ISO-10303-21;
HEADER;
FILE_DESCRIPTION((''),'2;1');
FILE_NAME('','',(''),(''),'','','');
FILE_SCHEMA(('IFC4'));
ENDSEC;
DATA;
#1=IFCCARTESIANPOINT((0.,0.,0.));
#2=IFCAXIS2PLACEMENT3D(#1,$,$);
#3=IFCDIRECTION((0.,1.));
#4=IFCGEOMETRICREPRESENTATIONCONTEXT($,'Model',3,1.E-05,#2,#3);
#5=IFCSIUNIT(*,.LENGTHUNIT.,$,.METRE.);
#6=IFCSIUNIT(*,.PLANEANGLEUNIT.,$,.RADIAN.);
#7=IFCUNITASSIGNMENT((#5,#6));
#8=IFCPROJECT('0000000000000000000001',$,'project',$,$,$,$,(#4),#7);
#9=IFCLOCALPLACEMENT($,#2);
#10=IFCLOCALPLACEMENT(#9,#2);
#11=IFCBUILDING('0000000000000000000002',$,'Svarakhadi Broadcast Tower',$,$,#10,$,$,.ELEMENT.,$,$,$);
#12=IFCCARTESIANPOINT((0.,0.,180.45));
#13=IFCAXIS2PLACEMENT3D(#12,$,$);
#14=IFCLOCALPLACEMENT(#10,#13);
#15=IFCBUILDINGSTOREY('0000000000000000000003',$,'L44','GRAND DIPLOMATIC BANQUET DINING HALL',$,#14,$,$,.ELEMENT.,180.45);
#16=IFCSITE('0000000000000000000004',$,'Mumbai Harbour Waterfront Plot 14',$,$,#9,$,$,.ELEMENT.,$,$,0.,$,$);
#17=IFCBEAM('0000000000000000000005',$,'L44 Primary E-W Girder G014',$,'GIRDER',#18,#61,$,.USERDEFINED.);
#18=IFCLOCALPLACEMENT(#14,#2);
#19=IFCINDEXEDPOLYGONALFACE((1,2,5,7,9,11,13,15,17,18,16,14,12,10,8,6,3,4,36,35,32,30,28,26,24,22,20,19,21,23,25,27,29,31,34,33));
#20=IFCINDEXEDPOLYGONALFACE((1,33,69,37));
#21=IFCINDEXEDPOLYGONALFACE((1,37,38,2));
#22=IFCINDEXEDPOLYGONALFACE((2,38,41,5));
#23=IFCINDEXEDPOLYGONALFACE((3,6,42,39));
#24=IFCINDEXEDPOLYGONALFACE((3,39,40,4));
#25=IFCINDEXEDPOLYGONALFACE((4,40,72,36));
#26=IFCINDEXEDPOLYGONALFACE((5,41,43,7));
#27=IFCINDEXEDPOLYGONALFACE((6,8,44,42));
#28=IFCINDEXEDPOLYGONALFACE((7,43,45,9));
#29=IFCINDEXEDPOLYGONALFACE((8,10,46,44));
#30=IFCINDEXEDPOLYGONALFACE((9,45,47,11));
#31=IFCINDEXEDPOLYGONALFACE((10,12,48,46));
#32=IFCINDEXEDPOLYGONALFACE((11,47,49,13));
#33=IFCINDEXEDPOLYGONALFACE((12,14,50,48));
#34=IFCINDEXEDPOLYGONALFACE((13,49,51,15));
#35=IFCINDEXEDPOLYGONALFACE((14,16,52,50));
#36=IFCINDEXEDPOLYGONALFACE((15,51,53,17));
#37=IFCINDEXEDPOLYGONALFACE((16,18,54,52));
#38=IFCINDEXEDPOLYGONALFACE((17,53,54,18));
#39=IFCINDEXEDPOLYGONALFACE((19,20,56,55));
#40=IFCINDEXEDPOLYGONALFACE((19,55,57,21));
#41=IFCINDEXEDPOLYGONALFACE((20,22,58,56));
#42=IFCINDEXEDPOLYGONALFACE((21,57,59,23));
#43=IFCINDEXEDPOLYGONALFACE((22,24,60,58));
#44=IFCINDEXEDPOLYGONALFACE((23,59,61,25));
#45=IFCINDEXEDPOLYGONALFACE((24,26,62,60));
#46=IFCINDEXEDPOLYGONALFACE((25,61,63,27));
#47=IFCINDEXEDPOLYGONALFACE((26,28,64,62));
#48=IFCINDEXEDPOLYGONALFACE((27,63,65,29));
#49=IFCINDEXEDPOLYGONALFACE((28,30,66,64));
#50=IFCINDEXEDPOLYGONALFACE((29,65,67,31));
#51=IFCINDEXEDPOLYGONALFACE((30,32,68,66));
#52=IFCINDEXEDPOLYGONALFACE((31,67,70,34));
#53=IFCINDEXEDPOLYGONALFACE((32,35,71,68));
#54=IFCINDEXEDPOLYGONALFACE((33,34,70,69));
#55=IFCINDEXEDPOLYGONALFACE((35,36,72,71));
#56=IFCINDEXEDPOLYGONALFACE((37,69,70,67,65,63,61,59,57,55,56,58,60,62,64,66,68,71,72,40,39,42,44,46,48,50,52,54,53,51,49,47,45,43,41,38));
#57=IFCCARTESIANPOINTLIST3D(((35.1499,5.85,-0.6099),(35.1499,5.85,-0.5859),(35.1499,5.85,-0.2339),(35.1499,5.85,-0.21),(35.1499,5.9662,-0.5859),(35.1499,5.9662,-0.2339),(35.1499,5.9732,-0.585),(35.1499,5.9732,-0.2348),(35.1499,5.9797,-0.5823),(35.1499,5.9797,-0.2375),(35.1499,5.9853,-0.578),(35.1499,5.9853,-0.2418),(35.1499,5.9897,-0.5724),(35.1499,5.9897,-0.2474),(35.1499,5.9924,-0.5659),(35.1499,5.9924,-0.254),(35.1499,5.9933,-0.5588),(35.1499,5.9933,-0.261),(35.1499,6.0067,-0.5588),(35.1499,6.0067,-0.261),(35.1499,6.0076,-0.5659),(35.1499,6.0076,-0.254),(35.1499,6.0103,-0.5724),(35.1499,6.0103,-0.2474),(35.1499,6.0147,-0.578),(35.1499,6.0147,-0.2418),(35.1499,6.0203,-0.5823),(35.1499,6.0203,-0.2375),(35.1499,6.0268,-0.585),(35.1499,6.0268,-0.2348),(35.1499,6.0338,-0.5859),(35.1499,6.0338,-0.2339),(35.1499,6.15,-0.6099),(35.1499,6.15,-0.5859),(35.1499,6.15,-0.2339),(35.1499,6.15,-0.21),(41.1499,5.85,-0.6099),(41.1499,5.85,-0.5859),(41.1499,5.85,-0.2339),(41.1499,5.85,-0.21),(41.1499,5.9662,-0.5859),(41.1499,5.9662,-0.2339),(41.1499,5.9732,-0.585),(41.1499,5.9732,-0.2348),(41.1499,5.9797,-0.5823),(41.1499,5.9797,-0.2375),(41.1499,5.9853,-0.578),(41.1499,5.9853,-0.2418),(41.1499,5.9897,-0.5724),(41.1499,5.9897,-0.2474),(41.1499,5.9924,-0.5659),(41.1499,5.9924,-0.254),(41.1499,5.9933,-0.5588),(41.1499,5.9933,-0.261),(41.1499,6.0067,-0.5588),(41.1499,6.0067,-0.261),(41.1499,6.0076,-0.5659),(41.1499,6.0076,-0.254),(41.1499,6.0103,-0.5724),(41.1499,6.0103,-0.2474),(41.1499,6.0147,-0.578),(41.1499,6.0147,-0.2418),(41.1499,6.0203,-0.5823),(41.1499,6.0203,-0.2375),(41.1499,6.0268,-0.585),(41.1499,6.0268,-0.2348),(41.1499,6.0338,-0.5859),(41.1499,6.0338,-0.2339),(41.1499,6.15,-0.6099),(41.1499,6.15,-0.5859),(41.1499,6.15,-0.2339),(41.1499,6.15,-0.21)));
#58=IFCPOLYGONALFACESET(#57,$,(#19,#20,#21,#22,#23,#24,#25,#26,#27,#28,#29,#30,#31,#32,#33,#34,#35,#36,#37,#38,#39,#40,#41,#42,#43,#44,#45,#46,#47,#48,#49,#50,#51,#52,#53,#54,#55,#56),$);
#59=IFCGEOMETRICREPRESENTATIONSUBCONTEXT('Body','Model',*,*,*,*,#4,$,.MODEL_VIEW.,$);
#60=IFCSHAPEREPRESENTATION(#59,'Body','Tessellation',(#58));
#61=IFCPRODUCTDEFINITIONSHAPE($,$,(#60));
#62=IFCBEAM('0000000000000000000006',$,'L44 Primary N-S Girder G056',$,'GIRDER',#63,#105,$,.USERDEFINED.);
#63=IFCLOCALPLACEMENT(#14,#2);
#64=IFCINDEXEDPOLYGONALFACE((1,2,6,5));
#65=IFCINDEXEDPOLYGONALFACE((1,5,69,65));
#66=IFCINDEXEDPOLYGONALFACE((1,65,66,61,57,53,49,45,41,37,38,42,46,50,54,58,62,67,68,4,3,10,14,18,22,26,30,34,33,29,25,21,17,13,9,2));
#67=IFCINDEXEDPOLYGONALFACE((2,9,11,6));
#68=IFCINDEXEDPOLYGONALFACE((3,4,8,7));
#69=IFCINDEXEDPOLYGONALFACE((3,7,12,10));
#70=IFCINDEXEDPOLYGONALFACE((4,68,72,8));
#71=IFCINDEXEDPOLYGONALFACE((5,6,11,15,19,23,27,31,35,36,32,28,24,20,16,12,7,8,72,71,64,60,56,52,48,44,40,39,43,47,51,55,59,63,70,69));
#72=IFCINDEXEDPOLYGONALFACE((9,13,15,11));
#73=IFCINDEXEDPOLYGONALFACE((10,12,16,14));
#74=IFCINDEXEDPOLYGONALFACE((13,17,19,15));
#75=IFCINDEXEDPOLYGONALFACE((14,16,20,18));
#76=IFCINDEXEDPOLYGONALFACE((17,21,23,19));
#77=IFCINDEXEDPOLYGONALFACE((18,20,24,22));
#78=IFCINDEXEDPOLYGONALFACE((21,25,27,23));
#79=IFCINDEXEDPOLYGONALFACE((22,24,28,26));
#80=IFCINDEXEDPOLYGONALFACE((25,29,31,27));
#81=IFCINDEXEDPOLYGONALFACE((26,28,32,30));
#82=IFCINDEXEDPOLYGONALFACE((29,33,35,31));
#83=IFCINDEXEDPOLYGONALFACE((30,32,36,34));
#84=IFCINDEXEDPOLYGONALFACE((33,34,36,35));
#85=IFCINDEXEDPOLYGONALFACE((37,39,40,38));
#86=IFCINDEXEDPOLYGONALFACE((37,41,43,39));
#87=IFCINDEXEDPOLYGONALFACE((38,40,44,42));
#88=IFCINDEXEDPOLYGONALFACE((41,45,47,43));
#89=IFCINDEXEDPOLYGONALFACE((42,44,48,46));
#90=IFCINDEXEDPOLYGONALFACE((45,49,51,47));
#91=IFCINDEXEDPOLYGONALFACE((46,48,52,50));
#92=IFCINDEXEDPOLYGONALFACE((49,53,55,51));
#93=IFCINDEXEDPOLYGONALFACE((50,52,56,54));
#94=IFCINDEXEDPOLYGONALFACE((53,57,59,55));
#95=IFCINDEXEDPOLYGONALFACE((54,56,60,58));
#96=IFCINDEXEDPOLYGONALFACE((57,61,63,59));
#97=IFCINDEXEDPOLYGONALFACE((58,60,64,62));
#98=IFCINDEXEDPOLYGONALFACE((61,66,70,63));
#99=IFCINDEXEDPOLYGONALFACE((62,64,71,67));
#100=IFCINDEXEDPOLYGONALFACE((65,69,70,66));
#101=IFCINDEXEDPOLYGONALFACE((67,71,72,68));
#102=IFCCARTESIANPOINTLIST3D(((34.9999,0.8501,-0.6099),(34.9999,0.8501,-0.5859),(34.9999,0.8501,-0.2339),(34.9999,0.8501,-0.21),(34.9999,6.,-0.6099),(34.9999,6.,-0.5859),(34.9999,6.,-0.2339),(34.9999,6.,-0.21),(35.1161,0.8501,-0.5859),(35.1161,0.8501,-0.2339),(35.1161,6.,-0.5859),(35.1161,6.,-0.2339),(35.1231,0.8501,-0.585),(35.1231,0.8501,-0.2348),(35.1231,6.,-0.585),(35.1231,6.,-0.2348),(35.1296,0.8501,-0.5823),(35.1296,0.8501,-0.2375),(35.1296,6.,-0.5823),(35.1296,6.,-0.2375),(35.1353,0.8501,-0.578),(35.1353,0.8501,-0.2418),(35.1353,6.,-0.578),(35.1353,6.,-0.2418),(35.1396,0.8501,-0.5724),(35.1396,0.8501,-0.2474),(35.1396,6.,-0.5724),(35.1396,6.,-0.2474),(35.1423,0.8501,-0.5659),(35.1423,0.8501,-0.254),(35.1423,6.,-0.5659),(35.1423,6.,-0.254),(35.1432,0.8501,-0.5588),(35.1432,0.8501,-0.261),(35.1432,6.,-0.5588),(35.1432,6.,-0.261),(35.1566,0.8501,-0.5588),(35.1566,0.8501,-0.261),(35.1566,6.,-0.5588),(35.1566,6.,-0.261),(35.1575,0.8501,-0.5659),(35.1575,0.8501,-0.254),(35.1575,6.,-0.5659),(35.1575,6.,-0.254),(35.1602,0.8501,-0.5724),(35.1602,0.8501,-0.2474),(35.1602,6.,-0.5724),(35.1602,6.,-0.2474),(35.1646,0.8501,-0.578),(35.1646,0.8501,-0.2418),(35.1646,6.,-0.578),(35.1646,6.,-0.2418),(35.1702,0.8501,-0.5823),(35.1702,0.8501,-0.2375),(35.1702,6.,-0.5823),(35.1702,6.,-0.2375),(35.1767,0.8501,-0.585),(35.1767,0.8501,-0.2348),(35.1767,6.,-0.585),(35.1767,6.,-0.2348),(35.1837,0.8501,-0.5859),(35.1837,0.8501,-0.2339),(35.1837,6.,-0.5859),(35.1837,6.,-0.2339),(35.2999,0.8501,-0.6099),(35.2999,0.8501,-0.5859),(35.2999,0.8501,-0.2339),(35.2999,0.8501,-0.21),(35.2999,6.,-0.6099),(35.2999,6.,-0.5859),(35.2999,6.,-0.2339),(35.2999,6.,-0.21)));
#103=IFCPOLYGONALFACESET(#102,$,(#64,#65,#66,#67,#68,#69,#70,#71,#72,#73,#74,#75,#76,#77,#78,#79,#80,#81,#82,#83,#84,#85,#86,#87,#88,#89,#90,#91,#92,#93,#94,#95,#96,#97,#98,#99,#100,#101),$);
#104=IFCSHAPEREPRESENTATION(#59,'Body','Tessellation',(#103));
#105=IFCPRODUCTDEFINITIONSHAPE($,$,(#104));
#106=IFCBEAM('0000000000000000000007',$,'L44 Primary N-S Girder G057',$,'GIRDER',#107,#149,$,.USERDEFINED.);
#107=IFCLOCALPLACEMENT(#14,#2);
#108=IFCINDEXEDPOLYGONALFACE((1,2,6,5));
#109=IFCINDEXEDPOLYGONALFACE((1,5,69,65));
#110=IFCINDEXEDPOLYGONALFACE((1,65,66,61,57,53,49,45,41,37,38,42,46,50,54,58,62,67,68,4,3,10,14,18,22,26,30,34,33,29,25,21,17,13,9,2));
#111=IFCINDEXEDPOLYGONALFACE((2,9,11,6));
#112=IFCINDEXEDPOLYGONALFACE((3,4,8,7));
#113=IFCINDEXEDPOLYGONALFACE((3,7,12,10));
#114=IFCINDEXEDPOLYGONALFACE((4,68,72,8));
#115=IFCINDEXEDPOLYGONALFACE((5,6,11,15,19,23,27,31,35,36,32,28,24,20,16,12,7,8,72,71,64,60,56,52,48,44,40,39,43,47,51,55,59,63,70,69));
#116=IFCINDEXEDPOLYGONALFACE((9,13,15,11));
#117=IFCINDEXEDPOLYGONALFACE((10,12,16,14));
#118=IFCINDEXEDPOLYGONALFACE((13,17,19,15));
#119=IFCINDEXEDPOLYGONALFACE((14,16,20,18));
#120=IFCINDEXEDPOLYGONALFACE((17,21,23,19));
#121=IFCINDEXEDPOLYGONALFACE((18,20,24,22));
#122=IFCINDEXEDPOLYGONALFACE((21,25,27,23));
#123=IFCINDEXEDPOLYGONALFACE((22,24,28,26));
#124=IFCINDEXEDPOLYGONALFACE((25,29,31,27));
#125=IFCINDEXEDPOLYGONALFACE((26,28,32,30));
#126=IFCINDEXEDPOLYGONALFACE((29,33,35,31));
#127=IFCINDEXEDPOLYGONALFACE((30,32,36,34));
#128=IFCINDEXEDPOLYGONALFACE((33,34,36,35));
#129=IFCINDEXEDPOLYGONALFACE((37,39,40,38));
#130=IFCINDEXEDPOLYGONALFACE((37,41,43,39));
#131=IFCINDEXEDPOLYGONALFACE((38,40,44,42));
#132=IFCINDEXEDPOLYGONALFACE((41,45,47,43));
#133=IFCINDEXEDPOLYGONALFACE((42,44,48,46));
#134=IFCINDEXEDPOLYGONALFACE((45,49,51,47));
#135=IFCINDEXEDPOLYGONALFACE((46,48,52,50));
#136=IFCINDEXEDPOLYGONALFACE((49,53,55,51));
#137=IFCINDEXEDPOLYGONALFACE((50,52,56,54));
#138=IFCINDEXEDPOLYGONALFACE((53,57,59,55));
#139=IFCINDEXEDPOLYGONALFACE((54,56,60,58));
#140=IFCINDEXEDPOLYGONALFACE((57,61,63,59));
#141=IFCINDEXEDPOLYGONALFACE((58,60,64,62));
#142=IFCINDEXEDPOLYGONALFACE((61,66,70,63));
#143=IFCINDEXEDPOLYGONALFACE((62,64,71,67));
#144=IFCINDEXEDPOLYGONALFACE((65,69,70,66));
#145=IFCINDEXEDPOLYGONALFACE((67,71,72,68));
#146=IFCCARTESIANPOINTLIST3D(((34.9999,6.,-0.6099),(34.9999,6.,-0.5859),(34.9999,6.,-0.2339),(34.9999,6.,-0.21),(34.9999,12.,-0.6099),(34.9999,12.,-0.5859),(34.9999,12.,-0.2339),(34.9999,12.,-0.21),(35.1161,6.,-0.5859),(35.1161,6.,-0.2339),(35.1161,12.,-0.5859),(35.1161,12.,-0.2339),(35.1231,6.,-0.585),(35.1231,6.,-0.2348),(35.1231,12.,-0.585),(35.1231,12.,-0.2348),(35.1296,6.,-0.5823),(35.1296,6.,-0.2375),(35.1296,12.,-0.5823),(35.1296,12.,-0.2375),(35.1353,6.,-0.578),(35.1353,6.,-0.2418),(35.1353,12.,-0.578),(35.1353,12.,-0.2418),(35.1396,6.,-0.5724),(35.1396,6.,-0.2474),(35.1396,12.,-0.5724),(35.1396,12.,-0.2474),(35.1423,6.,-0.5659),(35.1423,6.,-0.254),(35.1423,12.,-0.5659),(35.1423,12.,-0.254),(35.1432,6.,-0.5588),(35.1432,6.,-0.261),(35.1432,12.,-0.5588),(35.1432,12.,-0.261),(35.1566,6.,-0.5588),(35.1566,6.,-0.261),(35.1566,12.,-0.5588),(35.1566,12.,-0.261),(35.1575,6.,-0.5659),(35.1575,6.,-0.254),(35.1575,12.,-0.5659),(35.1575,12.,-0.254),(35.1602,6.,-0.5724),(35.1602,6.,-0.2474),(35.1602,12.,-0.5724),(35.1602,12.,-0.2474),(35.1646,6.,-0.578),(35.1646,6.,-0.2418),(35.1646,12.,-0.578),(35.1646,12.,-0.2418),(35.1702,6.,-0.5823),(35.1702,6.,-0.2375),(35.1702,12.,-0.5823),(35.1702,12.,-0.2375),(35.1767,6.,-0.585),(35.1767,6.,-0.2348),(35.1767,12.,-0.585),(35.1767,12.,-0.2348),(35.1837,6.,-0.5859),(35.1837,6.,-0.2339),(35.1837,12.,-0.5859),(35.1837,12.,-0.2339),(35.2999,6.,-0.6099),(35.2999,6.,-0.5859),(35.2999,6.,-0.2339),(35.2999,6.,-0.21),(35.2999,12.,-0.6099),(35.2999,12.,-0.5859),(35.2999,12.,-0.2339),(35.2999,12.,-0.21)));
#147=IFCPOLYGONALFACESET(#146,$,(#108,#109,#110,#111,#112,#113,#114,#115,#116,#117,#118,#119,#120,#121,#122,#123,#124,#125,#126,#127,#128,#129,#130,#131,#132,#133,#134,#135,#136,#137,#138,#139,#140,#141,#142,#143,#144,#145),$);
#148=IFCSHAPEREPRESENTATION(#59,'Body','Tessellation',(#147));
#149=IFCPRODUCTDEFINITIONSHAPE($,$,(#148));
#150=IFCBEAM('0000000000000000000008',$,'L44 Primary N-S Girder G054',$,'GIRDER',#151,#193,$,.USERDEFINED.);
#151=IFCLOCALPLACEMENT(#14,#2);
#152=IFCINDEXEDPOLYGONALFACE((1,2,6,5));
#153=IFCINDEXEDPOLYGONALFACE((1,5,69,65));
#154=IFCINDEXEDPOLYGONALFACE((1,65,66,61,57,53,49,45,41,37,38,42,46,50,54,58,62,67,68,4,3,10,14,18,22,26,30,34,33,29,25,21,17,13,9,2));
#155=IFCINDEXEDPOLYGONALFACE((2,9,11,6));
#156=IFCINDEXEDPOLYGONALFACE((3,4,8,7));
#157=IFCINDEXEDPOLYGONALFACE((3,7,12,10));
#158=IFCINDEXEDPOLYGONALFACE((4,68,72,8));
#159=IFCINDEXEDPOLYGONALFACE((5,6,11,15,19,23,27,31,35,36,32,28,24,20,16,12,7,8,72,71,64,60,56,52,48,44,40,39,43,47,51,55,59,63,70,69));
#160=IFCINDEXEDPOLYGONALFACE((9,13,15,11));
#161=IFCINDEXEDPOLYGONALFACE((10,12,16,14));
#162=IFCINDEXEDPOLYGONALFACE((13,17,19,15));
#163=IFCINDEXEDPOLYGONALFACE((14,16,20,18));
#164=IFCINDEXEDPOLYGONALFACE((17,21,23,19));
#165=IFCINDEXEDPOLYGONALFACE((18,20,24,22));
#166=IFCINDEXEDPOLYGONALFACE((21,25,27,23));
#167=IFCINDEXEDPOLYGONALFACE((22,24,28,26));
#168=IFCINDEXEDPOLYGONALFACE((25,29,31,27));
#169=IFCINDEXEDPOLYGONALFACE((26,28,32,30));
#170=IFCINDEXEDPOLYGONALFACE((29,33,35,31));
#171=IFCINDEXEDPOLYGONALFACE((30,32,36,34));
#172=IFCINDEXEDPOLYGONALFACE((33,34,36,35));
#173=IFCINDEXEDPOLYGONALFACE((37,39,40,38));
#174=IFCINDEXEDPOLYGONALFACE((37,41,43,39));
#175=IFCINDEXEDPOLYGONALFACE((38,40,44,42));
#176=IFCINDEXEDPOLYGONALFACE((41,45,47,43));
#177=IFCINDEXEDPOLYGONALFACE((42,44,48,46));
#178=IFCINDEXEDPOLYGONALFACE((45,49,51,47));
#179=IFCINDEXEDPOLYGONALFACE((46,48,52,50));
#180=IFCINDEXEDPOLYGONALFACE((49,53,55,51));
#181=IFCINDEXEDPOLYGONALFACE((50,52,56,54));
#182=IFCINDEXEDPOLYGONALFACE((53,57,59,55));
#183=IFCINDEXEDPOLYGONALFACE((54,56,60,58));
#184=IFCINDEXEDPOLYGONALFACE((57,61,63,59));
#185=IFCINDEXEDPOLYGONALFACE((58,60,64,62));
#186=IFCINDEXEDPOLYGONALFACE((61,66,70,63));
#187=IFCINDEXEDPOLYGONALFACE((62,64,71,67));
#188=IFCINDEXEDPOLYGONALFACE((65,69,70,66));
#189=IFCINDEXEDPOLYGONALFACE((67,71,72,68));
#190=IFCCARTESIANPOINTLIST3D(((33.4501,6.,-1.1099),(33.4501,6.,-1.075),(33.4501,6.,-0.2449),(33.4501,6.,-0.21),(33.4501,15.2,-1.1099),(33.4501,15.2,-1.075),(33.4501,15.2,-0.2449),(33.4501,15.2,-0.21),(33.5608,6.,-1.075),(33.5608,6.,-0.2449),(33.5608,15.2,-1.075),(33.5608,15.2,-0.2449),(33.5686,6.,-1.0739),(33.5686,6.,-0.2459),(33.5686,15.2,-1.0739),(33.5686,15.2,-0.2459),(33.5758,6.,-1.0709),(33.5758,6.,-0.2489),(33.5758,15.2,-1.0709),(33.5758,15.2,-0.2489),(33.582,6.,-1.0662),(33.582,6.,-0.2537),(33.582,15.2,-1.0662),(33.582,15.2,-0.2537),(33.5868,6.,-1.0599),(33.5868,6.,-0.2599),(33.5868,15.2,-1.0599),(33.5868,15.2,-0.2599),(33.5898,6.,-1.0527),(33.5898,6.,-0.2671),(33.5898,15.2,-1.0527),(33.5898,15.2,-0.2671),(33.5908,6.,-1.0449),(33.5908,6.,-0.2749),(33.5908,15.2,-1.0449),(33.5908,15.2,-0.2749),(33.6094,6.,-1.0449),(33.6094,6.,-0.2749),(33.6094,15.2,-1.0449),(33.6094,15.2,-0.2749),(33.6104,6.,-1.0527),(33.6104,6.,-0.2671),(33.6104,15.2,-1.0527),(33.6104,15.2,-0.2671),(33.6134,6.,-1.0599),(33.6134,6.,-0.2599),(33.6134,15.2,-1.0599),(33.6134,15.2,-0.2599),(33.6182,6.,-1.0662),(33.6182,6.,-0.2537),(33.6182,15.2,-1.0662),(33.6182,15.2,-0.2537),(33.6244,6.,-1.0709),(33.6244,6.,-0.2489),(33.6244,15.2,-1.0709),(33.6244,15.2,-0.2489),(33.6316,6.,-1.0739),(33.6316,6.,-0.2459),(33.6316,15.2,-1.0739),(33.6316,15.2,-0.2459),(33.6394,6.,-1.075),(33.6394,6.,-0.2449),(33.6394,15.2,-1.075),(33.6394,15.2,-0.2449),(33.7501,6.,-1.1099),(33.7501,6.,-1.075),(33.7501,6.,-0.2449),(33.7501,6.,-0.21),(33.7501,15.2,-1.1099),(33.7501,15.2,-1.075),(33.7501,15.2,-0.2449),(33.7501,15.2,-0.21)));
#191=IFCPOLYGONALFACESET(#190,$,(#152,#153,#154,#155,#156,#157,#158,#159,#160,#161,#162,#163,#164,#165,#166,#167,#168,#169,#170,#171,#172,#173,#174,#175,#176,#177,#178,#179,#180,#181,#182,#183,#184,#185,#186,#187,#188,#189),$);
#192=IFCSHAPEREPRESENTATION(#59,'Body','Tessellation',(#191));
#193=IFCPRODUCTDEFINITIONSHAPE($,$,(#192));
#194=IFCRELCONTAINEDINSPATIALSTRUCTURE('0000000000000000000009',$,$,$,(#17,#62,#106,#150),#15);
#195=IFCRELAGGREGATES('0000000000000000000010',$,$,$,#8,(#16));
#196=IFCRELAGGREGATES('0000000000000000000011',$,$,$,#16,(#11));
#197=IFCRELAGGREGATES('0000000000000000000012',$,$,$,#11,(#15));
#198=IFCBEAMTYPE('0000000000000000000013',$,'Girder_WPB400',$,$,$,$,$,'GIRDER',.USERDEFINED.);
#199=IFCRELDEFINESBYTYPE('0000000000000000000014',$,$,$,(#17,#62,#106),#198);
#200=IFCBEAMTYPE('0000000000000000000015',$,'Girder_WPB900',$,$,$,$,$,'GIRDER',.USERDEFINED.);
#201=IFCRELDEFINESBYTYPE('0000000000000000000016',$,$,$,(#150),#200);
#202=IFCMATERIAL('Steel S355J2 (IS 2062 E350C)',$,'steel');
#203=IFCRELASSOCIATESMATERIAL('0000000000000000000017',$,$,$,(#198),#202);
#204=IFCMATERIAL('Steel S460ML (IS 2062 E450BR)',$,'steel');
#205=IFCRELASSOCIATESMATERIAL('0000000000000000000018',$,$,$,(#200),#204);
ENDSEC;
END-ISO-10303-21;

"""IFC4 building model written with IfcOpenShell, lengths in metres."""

from ifc_helpers import new_model, si_unit, direction, frame, origin, origin_2d, place, context, subcontext, project, spatial, i_section, extrude, material, material_profile, profile_set, type_object, element, save


model = new_model("IFC4")

# Units and contexts
model_context = context("Model", 3, precision=1e-05, world=origin(), true_north=direction((0.0, 1.0)))
body_context = subcontext(model_context, "Body", "Model", "MODEL_VIEW")
ifc_project = project(units=[si_unit("LENGTHUNIT", "METRE"), si_unit("PLANEANGLEUNIT", "RADIAN")], contexts=[model_context])

# Site, building, storey
site_placement = place(None, origin())
site = spatial("IfcSite", under=ifc_project, at=site_placement, Name="Mumbai Harbour Waterfront Plot 14", CompositionType="ELEMENT", RefElevation=0.0)
building_placement = place(site_placement, origin())
building = spatial("IfcBuilding", under=site, at=building_placement, Name="Svarakhadi Broadcast Tower", CompositionType="ELEMENT")
storey_placement = place(building_placement, frame((0.0, 0.0, 180.45)))
storey = spatial("IfcBuildingStorey", under=building, at=storey_placement, Name="L44", Description="GRAND DIPLOMATIC BANQUET DINING HALL", CompositionType="ELEMENT", Elevation=180.45)

# Shared definitions
ifc_material_1 = material(Name="Steel S460ML (IS 2062 E450BR)", Category="steel")

# Shared definitions
ifc_material_2 = material(Name="Steel S355J2 (IS 2062 E350C)", Category="steel")

# Beams
ifc_material_profile_1 = material_profile(ifc_material_2, i_section(OverallWidth=0.3, OverallDepth=0.3999, WebThickness=0.0134, FlangeThickness=0.0239, FilletRadius=0.0271, at=origin_2d()), Name="WPB 400x300x155")
ifc_profile_set_1 = profile_set([ifc_material_profile_1], Name="Steel S355J2 (IS 2062 E350C)")
beam_type_1 = type_object("IfcBeamType", Name="Girder_WPB400", ElementType="GIRDER", PredefinedType="USERDEFINED", material=ifc_profile_set_1)
beam_1_placement = place(storey_placement, frame((35.1499, 6.0, -0.4099), z_axis=(1.0, 0.0, 0.0), x_axis=(0.0, 1.0, 0.0)))
element("IfcBeam", 1, at=beam_1_placement, inside=storey, type_object=beam_type_1, Name="L44 Primary E-W Girder G014", ObjectType="GIRDER", PredefinedType="USERDEFINED", context=body_context, shape_type="SweptSolid", body=[
    extrude(i_section(OverallWidth=0.3, OverallDepth=0.3999, WebThickness=0.0134, FlangeThickness=0.0239, FilletRadius=0.0271, at=origin_2d()), origin(), (0.0, 0.0, 1.0), 6.0),
])
beam_2_placement = place(storey_placement, frame((35.1499, 0.8501, -0.4099), z_axis=(0.0, 1.0, 0.0), x_axis=(-1.0, 0.0, 0.0)))
element("IfcBeam", 2, at=beam_2_placement, inside=storey, type_object=beam_type_1, Name="L44 Primary N-S Girder G056", ObjectType="GIRDER", PredefinedType="USERDEFINED", context=body_context, shape_type="SweptSolid", body=[
    extrude(i_section(OverallWidth=0.3, OverallDepth=0.3999, WebThickness=0.0134, FlangeThickness=0.0239, FilletRadius=0.0271, at=origin_2d()), origin(), (0.0, 0.0, 1.0), 5.1499),
])
beam_3_placement = place(storey_placement, frame((35.1499, 6.0, -0.4099), z_axis=(0.0, 1.0, 0.0), x_axis=(-1.0, 0.0, 0.0)))
element("IfcBeam", 3, at=beam_3_placement, inside=storey, type_object=beam_type_1, Name="L44 Primary N-S Girder G057", ObjectType="GIRDER", PredefinedType="USERDEFINED", context=body_context, shape_type="SweptSolid", body=[
    extrude(i_section(OverallWidth=0.3, OverallDepth=0.3999, WebThickness=0.0134, FlangeThickness=0.0239, FilletRadius=0.0271, at=origin_2d()), origin(), (0.0, 0.0, 1.0), 6.0),
])
ifc_material_profile_2 = material_profile(ifc_material_1, i_section(OverallWidth=0.3, OverallDepth=0.8999, WebThickness=0.0186, FlangeThickness=0.0349, FilletRadius=0.03, at=origin_2d()), Name="WPB 900x300x291")
ifc_profile_set_2 = profile_set([ifc_material_profile_2], Name="Steel S460ML (IS 2062 E450BR)")
beam_type_2 = type_object("IfcBeamType", Name="Girder_WPB900", ElementType="GIRDER", PredefinedType="USERDEFINED", material=ifc_profile_set_2)
beam_4_placement = place(storey_placement, frame((33.6001, 6.0, -0.6599), z_axis=(0.0, 1.0, 0.0), x_axis=(-1.0, 0.0, 0.0)))
element("IfcBeam", 4, at=beam_4_placement, inside=storey, type_object=beam_type_2, Name="L44 Primary N-S Girder G054", ObjectType="GIRDER", PredefinedType="USERDEFINED", context=body_context, shape_type="SweptSolid", body=[
    extrude(i_section(OverallWidth=0.3, OverallDepth=0.8999, WebThickness=0.0186, FlangeThickness=0.0349, FilletRadius=0.03, at=origin_2d()), origin(), (0.0, 0.0, 1.0), 9.2),
])

save(model, "model.ifc")
